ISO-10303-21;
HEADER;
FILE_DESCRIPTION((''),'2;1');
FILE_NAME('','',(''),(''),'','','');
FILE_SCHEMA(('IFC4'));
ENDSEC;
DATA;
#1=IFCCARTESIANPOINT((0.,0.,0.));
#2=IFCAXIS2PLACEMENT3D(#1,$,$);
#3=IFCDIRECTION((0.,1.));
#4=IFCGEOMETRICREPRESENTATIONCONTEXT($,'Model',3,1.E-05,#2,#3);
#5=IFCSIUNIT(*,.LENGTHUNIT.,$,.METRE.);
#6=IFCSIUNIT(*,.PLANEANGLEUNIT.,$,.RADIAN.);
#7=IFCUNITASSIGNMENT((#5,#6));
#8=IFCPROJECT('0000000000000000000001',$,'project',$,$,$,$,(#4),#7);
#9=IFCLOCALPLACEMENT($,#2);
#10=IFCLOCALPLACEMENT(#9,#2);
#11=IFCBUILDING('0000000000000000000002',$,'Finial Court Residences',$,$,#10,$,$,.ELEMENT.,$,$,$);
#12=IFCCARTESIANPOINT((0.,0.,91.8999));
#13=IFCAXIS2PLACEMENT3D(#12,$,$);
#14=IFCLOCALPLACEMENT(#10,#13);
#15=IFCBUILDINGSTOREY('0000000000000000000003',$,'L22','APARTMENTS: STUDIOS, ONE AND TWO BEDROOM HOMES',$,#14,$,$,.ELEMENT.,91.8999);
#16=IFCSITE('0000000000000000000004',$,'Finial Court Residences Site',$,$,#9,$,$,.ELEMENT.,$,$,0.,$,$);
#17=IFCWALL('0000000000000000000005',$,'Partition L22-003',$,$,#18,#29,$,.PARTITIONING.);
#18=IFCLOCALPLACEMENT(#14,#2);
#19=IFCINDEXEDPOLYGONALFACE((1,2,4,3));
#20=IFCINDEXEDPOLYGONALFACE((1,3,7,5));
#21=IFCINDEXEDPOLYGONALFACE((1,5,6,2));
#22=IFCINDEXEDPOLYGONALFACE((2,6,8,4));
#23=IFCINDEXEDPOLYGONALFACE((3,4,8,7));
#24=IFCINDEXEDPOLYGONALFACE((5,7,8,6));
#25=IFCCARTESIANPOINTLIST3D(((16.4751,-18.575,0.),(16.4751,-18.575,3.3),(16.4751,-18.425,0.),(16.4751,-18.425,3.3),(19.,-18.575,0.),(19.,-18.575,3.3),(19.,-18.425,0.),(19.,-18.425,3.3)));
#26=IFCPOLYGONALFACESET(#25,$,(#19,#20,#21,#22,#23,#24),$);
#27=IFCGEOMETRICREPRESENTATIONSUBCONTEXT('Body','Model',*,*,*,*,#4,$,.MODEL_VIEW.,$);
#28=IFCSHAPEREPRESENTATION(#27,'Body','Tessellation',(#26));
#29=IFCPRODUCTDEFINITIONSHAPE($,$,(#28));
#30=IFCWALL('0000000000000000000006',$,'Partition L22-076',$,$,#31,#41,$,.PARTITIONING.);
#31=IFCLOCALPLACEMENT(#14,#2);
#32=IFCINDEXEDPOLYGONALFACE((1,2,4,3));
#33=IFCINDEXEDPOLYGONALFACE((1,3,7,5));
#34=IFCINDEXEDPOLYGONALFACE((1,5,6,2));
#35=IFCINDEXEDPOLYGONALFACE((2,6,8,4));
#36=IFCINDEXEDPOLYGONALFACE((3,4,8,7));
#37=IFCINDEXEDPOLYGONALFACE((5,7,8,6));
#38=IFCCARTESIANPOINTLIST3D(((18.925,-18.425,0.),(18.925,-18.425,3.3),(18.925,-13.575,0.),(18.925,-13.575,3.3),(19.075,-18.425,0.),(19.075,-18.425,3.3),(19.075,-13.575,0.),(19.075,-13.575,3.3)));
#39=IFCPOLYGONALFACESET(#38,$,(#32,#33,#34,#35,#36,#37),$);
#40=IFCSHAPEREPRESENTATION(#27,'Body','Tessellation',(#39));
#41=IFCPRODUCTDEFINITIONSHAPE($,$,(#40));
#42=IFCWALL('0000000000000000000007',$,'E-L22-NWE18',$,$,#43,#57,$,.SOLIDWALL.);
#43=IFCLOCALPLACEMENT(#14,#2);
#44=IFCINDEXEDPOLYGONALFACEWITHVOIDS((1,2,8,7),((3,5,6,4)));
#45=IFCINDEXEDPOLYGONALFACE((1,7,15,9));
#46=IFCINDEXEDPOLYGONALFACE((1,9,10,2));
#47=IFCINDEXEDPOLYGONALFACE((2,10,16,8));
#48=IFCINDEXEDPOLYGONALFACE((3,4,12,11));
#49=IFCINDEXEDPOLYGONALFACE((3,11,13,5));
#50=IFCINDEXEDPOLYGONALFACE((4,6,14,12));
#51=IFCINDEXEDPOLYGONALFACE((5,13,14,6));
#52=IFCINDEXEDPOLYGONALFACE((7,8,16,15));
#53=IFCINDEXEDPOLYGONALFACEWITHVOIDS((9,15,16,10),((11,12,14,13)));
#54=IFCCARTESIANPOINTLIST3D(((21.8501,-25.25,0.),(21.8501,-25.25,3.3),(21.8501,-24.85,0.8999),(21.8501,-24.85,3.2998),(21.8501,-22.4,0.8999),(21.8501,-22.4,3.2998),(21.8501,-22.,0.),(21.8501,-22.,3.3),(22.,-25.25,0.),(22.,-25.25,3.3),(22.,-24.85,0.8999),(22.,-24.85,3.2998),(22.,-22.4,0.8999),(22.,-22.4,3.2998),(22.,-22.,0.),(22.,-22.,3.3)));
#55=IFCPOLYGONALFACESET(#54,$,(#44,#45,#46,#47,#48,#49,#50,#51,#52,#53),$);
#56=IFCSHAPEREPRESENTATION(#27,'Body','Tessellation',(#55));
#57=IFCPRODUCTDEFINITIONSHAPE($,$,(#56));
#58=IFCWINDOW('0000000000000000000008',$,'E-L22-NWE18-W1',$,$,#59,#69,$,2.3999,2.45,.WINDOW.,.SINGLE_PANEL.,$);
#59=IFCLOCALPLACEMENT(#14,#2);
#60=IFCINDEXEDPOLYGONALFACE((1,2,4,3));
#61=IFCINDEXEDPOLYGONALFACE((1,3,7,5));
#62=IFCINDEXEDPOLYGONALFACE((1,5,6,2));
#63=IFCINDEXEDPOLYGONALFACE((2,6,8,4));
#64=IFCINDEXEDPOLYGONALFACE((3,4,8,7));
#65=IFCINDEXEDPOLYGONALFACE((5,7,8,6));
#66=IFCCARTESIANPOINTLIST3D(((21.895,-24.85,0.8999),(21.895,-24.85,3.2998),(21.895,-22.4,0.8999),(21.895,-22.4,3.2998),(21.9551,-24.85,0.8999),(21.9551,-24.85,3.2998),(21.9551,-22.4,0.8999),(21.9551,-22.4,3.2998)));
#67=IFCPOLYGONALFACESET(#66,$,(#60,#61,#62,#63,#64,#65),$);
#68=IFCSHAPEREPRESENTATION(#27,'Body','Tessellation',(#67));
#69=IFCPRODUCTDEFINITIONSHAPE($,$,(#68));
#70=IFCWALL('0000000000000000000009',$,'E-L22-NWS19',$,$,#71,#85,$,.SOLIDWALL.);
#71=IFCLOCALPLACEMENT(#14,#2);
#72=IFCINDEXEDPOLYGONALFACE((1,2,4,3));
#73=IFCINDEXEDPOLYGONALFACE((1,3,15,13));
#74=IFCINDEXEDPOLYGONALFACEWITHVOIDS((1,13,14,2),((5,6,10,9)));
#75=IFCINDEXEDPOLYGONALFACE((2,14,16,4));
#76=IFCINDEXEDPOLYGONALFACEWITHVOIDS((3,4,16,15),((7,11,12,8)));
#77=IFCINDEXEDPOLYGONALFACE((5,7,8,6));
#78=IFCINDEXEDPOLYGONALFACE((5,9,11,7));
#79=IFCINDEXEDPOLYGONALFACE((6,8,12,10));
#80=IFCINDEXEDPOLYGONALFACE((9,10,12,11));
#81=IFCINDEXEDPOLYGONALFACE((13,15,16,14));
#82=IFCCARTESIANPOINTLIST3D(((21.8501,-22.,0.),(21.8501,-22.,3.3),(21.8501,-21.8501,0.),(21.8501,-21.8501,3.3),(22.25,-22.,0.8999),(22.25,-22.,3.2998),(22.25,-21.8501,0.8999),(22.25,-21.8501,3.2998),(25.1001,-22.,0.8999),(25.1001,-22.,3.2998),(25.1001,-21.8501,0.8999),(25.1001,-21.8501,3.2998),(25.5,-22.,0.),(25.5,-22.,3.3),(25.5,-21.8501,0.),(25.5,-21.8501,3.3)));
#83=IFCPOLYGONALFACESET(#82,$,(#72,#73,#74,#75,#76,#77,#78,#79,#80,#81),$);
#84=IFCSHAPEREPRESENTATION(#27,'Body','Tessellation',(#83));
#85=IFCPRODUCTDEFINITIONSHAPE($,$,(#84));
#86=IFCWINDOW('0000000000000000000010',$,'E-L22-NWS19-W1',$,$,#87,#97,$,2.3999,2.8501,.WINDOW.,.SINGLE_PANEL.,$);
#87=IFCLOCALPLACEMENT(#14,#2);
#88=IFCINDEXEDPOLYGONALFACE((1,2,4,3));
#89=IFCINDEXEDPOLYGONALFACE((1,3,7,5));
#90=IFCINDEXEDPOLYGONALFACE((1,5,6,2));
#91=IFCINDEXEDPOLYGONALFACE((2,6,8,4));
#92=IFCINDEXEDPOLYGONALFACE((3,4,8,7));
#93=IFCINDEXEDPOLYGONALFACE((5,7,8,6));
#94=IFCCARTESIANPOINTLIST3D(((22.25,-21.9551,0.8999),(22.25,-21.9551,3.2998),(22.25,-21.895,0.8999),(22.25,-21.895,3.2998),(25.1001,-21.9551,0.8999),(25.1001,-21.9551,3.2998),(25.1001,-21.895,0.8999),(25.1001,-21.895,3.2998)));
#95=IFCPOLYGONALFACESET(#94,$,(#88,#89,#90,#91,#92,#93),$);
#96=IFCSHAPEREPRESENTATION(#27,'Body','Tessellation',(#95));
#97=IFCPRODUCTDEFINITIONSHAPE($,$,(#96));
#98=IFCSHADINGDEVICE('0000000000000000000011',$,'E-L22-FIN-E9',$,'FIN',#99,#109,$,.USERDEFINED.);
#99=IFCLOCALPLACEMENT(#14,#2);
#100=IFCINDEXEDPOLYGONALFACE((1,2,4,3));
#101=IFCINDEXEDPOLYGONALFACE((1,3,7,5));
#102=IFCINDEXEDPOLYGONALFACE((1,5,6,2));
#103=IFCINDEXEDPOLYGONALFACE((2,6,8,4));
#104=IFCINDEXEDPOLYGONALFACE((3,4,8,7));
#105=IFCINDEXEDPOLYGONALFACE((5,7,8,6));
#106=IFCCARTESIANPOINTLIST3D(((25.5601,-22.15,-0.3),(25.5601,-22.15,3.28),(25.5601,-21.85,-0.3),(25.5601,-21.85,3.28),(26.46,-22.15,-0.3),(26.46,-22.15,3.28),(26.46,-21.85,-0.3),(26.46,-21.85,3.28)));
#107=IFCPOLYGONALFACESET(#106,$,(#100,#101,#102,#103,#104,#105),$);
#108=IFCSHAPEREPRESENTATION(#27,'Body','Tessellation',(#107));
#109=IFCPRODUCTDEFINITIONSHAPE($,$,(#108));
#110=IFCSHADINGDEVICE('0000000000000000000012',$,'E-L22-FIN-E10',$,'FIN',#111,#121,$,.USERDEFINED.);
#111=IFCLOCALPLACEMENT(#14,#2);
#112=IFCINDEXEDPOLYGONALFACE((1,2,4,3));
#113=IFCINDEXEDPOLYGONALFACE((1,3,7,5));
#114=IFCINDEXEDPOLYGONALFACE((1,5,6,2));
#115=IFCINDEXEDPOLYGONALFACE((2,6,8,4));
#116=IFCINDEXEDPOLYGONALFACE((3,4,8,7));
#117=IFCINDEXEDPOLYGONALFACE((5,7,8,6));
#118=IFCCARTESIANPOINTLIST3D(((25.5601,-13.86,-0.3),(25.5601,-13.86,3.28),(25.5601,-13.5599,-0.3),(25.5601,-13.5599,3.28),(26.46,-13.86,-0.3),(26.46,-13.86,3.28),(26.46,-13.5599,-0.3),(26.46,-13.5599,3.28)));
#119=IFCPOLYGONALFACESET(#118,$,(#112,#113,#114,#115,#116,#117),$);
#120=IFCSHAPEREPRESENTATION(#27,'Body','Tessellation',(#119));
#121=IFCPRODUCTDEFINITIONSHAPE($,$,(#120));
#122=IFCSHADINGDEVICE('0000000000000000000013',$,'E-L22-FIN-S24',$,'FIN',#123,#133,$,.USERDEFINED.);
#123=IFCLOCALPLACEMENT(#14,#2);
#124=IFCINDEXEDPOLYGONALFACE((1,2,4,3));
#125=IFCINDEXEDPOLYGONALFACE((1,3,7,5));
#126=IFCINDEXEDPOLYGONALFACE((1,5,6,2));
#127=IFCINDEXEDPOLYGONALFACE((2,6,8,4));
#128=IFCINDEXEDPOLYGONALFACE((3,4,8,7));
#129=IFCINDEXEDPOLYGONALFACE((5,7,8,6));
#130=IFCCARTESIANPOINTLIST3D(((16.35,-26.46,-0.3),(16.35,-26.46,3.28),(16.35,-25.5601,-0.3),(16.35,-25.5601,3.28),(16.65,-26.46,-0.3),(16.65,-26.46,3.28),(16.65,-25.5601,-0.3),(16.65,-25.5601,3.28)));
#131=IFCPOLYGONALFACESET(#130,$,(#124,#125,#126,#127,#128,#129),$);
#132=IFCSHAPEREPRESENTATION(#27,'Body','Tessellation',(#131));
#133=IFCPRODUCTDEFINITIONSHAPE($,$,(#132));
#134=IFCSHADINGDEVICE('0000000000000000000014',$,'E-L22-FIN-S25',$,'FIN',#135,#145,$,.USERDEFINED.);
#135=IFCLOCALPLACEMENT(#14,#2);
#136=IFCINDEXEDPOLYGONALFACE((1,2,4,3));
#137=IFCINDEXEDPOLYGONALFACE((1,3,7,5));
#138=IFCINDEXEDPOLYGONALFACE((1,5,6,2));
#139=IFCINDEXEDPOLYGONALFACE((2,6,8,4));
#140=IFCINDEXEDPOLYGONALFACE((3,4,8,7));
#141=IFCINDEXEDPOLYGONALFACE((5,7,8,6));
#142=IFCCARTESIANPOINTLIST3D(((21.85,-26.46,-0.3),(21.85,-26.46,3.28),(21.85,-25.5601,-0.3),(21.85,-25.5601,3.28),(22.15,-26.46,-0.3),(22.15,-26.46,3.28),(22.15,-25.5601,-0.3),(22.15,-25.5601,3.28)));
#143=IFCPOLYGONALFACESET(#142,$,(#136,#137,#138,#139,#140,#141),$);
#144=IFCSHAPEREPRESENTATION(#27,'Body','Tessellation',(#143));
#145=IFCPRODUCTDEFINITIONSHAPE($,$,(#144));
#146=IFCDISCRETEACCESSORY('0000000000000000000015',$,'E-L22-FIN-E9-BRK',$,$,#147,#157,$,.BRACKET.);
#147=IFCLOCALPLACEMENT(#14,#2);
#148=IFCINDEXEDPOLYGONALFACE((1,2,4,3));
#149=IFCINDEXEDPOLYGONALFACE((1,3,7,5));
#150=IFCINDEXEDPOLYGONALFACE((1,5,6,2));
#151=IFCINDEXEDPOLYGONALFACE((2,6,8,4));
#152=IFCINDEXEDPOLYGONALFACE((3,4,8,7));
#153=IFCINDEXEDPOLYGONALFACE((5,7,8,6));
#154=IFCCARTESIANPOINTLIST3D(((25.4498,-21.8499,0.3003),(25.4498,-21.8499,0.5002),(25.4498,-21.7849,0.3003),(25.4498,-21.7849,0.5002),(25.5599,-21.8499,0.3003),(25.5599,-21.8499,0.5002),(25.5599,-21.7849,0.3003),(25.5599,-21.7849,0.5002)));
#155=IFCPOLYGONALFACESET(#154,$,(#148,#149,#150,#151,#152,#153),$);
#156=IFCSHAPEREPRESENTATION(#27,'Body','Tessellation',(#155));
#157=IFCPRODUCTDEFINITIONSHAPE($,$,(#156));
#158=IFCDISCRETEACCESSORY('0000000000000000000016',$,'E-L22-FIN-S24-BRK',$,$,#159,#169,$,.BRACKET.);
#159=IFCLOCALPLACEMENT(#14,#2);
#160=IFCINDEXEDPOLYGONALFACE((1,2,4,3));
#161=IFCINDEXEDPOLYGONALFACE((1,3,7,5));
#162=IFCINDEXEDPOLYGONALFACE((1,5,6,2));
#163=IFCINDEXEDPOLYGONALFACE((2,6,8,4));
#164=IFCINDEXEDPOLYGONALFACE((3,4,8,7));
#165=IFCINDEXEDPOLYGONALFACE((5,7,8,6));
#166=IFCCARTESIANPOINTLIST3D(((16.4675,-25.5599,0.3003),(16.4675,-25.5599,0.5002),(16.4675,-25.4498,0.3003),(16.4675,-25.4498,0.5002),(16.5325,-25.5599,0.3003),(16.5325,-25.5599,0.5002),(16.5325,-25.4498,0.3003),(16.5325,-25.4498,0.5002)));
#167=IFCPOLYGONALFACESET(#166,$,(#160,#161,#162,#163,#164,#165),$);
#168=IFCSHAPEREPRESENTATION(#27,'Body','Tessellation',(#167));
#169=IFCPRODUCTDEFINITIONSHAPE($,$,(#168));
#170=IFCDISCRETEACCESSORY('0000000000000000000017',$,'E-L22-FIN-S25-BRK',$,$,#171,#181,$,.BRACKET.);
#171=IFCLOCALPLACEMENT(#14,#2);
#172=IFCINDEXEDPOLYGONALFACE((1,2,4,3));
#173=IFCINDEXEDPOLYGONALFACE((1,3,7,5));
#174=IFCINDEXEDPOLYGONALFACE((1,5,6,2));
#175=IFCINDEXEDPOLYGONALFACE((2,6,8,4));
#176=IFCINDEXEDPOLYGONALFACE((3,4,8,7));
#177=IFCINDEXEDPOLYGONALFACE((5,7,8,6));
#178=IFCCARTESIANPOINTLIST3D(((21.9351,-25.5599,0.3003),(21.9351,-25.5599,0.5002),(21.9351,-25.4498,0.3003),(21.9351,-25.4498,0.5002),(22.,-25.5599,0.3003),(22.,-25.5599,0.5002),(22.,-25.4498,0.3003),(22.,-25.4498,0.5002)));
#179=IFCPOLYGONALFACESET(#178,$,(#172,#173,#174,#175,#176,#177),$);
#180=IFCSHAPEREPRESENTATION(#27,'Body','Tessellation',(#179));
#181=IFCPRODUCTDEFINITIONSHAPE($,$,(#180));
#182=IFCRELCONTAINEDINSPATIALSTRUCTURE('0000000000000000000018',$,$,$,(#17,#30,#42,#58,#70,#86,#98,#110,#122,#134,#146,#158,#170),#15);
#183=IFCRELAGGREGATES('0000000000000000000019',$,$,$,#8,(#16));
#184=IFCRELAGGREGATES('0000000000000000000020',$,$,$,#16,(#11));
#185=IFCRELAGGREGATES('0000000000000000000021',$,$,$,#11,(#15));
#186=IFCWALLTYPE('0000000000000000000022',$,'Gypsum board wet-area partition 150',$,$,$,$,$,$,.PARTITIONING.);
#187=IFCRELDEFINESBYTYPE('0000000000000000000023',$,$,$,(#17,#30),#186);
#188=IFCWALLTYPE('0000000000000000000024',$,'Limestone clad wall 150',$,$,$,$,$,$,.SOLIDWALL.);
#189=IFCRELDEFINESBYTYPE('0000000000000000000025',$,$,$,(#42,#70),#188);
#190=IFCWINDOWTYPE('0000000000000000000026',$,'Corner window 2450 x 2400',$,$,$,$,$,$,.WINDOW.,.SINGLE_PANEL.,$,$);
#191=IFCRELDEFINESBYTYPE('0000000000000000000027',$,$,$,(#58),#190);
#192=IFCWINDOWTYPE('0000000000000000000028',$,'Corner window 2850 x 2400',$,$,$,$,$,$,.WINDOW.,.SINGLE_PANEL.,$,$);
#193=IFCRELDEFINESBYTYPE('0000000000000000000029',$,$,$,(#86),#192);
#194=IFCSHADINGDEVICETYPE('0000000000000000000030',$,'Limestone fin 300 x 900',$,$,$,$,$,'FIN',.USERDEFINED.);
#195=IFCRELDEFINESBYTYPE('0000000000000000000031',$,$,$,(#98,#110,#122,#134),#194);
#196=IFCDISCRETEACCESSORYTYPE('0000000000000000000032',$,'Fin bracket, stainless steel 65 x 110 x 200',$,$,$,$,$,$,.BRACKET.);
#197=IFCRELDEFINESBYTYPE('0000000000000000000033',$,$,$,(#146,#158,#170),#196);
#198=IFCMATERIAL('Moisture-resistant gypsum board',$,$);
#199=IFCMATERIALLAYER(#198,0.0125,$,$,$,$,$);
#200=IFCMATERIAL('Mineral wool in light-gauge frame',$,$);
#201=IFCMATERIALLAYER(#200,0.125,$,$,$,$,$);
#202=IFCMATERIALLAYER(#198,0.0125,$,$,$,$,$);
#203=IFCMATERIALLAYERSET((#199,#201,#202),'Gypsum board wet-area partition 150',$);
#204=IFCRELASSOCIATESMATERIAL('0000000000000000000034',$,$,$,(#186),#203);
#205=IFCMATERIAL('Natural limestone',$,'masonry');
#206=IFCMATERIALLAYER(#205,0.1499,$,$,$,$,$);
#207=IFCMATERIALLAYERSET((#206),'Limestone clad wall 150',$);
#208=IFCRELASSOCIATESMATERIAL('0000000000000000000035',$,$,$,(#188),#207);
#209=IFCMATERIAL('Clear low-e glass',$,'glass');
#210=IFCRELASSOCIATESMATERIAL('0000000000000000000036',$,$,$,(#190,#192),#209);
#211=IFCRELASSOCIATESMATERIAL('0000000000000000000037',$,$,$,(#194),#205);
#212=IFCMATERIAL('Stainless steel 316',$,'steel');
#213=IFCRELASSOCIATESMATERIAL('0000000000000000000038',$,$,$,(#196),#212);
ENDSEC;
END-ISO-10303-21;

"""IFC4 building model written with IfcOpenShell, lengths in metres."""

from ifc_helpers import new_model, si_unit, direction, frame, frame_2d, origin, origin_2d, place, context, subcontext, project, spatial, rectangle, extrude, material, layer, layer_set, type_object, element, fill, save


model = new_model("IFC4")

# Units and contexts
model_context = context("Model", 3, precision=1e-05, world=origin(), true_north=direction((0.0, 1.0)))
body_context = subcontext(model_context, "Body", "Model", "MODEL_VIEW")
ifc_project = project(units=[si_unit("LENGTHUNIT", "METRE"), si_unit("PLANEANGLEUNIT", "RADIAN")], contexts=[model_context])

# Site, building, storey
site_placement = place(None, origin())
site = spatial("IfcSite", under=ifc_project, at=site_placement, Name="Finial Court Residences Site", CompositionType="ELEMENT", RefElevation=0.0)
building_placement = place(site_placement, origin())
building = spatial("IfcBuilding", under=site, at=building_placement, Name="Finial Court Residences", CompositionType="ELEMENT")
storey_placement = place(building_placement, frame((0.0, 0.0, 91.8999)))
storey = spatial("IfcBuildingStorey", under=building, at=storey_placement, Name="L22", Description="APARTMENTS: STUDIOS, ONE AND TWO BEDROOM HOMES", CompositionType="ELEMENT", Elevation=91.8999)

# Shared definitions
ifc_material_1 = material(Name="Clear low-e glass", Category="glass")

# Shared definitions
ifc_material_2 = material(Name="Mineral wool in light-gauge frame")

# Walls
ifc_material_3 = material(Name="Moisture-resistant gypsum board")
ifc_layer_1 = layer(ifc_material_3, 0.0125)
ifc_layer_2 = layer(ifc_material_2, 0.125)
ifc_layer_3 = layer(ifc_material_3, 0.0125)
ifc_layer_set_1 = layer_set([ifc_layer_1, ifc_layer_2, ifc_layer_3], Name="Gypsum board wet-area partition 150")
wall_type_1 = type_object("IfcWallType", Name="Gypsum board wet-area partition 150", PredefinedType="PARTITIONING", material=ifc_layer_set_1)
wall_1_placement = place(storey_placement, frame((16.4751, -18.5, 0.0), z_axis=(0.0, 0.0, 1.0), x_axis=(1.0, 0.0, 0.0)))
element("IfcWall", 1, at=wall_1_placement, inside=storey, type_object=wall_type_1, Name="Partition L22-003", PredefinedType="PARTITIONING", context=body_context, shape_type="SweptSolid", body=[
    extrude(rectangle(XDim=2.5249, YDim=0.1499, at=frame_2d((1.2625, 0.0))), origin(), (0.0, 0.0, 1.0), 3.3),
])
wall_2_placement = place(storey_placement, frame((19.0, -18.425, 0.0), z_axis=(0.0, 0.0, 1.0), x_axis=(0.0, 1.0, 0.0)))
element("IfcWall", 2, at=wall_2_placement, inside=storey, type_object=wall_type_1, Name="Partition L22-076", PredefinedType="PARTITIONING", context=body_context, shape_type="SweptSolid", body=[
    extrude(rectangle(XDim=4.8501, YDim=0.1499, at=frame_2d((2.425, 0.0))), origin(), (0.0, 0.0, 1.0), 3.3),
])

# Walls, openings, windows
ifc_material_4 = material(Name="Natural limestone", Category="masonry")
ifc_layer_4 = layer(ifc_material_4, 0.1499)
ifc_layer_set_2 = layer_set([ifc_layer_4], Name="Limestone clad wall 150")
wall_type_2 = type_object("IfcWallType", Name="Limestone clad wall 150", PredefinedType="SOLIDWALL", material=ifc_layer_set_2)
wall_3_placement = place(storey_placement, frame((21.925, -22.0, 0.0), z_axis=(0.0, 0.0, 1.0), x_axis=(0.0, -1.0, 0.0)))
wall_3 = element("IfcWall", 3, at=wall_3_placement, inside=storey, type_object=wall_type_2, Name="E-L22-NWE18", PredefinedType="SOLIDWALL", context=body_context, shape_type="SweptSolid", body=[
    extrude(rectangle(XDim=3.25, YDim=0.1499, at=frame_2d((1.625, 0.0))), origin(), (0.0, 0.0, 1.0), 3.3),
])
opening_1_placement = place(wall_3_placement, frame((0.3999, 0.0, 0.8999)))
opening_1 = element("IfcOpeningElement", 4, at=opening_1_placement, cuts=wall_3, PredefinedType="OPENING", context=body_context, shape_type="SweptSolid", body=[
    extrude(rectangle(XDim=2.45, YDim=2.3999, at=frame_2d((1.2251, 1.2))), frame((0.0, 0.085, 0.0), z_axis=(0.0, -1.0, 0.0), x_axis=(1.0, 0.0, 0.0)), (0.0, 0.0, 1.0), 0.1699),
])
window_type_1 = type_object("IfcWindowType", Name="Corner window 2450 x 2400", PartitioningType="SINGLE_PANEL", PredefinedType="WINDOW", material=ifc_material_1)
window_1_placement = place(opening_1_placement, origin())
window_1 = element("IfcWindow", 5, at=window_1_placement, inside=storey, type_object=window_type_1, Name="E-L22-NWE18-W1", OverallHeight=2.3999, OverallWidth=2.45, PartitioningType="SINGLE_PANEL", PredefinedType="WINDOW", context=body_context, shape_type="SweptSolid", body=[
    extrude(rectangle(XDim=2.45, YDim=2.3999, at=frame_2d((1.2251, 1.2))), frame((0.0, 0.03, 0.0), z_axis=(0.0, -1.0, 0.0), x_axis=(1.0, 0.0, 0.0)), (0.0, 0.0, 1.0), 0.0601),
])
fill(opening_1, window_1)
wall_4_placement = place(storey_placement, frame((25.5, -21.925, 0.0), z_axis=(0.0, 0.0, 1.0), x_axis=(-1.0, 0.0, 0.0)))
wall_4 = element("IfcWall", 6, at=wall_4_placement, inside=storey, type_object=wall_type_2, Name="E-L22-NWS19", PredefinedType="SOLIDWALL", context=body_context, shape_type="SweptSolid", body=[
    extrude(rectangle(XDim=3.6499, YDim=0.1499, at=frame_2d((1.825, 0.0))), origin(), (0.0, 0.0, 1.0), 3.3),
])
opening_2_placement = place(wall_4_placement, frame((0.3999, 0.0, 0.8999)))
opening_2 = element("IfcOpeningElement", 7, at=opening_2_placement, cuts=wall_4, PredefinedType="OPENING", context=body_context, shape_type="SweptSolid", body=[
    extrude(rectangle(XDim=2.8501, YDim=2.3999, at=frame_2d((1.425, 1.2))), frame((0.0, 0.085, 0.0), z_axis=(0.0, -1.0, 0.0), x_axis=(1.0, 0.0, 0.0)), (0.0, 0.0, 1.0), 0.1699),
])
window_type_2 = type_object("IfcWindowType", Name="Corner window 2850 x 2400", PartitioningType="SINGLE_PANEL", PredefinedType="WINDOW", material=ifc_material_1)
window_2_placement = place(opening_2_placement, origin())
window_2 = element("IfcWindow", 8, at=window_2_placement, inside=storey, type_object=window_type_2, Name="E-L22-NWS19-W1", OverallHeight=2.3999, OverallWidth=2.8501, PartitioningType="SINGLE_PANEL", PredefinedType="WINDOW", context=body_context, shape_type="SweptSolid", body=[
    extrude(rectangle(XDim=2.8501, YDim=2.3999, at=frame_2d((1.425, 1.2))), frame((0.0, 0.03, 0.0), z_axis=(0.0, -1.0, 0.0), x_axis=(1.0, 0.0, 0.0)), (0.0, 0.0, 1.0), 0.0601),
])
fill(opening_2, window_2)

# Shading devices
shading_device_type = type_object("IfcShadingDeviceType", Name="Limestone fin 300 x 900", ElementType="FIN", PredefinedType="USERDEFINED", material=ifc_material_4)
for number, where, z_axis, x_axis, name in (
    (9, (26.01, -22.0, -0.3), (0.0, 0.0, 1.0), (1.0, 0.0, 0.0), "E-L22-FIN-E9"),
    (10, (26.01, -13.71, -0.3), (0.0, 0.0, 1.0), (1.0, 0.0, 0.0), "E-L22-FIN-E10"),
):
    element("IfcShadingDevice", number, at=place(storey_placement, frame(where, z_axis=z_axis, x_axis=x_axis)), inside=storey, type_object=shading_device_type, Name=name, ObjectType="FIN", PredefinedType="USERDEFINED", context=body_context, shape_type="SweptSolid", body=[
        extrude(rectangle(XDim=0.8999, YDim=0.3, at=origin_2d()), origin(), (0.0, 0.0, 1.0), 3.5801),
    ])
for number, where, z_axis, x_axis, name in (
    (11, (16.5, -26.01, -0.3), (0.0, 0.0, 1.0), (1.0, 0.0, 0.0), "E-L22-FIN-S24"),
    (12, (22.0, -26.01, -0.3), (0.0, 0.0, 1.0), (1.0, 0.0, 0.0), "E-L22-FIN-S25"),
):
    element("IfcShadingDevice", number, at=place(storey_placement, frame(where, z_axis=z_axis, x_axis=x_axis)), inside=storey, type_object=shading_device_type, Name=name, ObjectType="FIN", PredefinedType="USERDEFINED", context=body_context, shape_type="SweptSolid", body=[
        extrude(rectangle(XDim=0.3, YDim=0.8999, at=origin_2d()), origin(), (0.0, 0.0, 1.0), 3.5801),
    ])

# Discrete accessories
ifc_material_5 = material(Name="Stainless steel 316", Category="steel")
discrete_accessory_type = type_object("IfcDiscreteAccessoryType", Name="Fin bracket, stainless steel 65 x 110 x 200", PredefinedType="BRACKET", material=ifc_material_5)
discrete_accessory_placement = place(storey_placement, frame((25.5049, -21.8174, 0.3003), z_axis=(0.0, 0.0, 1.0), x_axis=(1.0, 0.0, 0.0)))
element("IfcDiscreteAccessory", 13, at=discrete_accessory_placement, inside=storey, type_object=discrete_accessory_type, Name="E-L22-FIN-E9-BRK", PredefinedType="BRACKET", context=body_context, shape_type="SweptSolid", body=[
    extrude(rectangle(XDim=0.1101, YDim=0.0649, at=origin_2d()), origin(), (0.0, 0.0, 1.0), 0.2),
])
for number, where, z_axis, x_axis, name in (
    (14, (16.5, -25.5049, 0.3003), (0.0, 0.0, 1.0), (1.0, 0.0, 0.0), "E-L22-FIN-S24-BRK"),
    (15, (21.9675, -25.5049, 0.3003), (0.0, 0.0, 1.0), (1.0, 0.0, 0.0), "E-L22-FIN-S25-BRK"),
):
    element("IfcDiscreteAccessory", number, at=place(storey_placement, frame(where, z_axis=z_axis, x_axis=x_axis)), inside=storey, type_object=discrete_accessory_type, Name=name, PredefinedType="BRACKET", context=body_context, shape_type="SweptSolid", body=[
        extrude(rectangle(XDim=0.0649, YDim=0.1101, at=origin_2d()), origin(), (0.0, 0.0, 1.0), 0.2),
    ])

save(model, "model.ifc")
